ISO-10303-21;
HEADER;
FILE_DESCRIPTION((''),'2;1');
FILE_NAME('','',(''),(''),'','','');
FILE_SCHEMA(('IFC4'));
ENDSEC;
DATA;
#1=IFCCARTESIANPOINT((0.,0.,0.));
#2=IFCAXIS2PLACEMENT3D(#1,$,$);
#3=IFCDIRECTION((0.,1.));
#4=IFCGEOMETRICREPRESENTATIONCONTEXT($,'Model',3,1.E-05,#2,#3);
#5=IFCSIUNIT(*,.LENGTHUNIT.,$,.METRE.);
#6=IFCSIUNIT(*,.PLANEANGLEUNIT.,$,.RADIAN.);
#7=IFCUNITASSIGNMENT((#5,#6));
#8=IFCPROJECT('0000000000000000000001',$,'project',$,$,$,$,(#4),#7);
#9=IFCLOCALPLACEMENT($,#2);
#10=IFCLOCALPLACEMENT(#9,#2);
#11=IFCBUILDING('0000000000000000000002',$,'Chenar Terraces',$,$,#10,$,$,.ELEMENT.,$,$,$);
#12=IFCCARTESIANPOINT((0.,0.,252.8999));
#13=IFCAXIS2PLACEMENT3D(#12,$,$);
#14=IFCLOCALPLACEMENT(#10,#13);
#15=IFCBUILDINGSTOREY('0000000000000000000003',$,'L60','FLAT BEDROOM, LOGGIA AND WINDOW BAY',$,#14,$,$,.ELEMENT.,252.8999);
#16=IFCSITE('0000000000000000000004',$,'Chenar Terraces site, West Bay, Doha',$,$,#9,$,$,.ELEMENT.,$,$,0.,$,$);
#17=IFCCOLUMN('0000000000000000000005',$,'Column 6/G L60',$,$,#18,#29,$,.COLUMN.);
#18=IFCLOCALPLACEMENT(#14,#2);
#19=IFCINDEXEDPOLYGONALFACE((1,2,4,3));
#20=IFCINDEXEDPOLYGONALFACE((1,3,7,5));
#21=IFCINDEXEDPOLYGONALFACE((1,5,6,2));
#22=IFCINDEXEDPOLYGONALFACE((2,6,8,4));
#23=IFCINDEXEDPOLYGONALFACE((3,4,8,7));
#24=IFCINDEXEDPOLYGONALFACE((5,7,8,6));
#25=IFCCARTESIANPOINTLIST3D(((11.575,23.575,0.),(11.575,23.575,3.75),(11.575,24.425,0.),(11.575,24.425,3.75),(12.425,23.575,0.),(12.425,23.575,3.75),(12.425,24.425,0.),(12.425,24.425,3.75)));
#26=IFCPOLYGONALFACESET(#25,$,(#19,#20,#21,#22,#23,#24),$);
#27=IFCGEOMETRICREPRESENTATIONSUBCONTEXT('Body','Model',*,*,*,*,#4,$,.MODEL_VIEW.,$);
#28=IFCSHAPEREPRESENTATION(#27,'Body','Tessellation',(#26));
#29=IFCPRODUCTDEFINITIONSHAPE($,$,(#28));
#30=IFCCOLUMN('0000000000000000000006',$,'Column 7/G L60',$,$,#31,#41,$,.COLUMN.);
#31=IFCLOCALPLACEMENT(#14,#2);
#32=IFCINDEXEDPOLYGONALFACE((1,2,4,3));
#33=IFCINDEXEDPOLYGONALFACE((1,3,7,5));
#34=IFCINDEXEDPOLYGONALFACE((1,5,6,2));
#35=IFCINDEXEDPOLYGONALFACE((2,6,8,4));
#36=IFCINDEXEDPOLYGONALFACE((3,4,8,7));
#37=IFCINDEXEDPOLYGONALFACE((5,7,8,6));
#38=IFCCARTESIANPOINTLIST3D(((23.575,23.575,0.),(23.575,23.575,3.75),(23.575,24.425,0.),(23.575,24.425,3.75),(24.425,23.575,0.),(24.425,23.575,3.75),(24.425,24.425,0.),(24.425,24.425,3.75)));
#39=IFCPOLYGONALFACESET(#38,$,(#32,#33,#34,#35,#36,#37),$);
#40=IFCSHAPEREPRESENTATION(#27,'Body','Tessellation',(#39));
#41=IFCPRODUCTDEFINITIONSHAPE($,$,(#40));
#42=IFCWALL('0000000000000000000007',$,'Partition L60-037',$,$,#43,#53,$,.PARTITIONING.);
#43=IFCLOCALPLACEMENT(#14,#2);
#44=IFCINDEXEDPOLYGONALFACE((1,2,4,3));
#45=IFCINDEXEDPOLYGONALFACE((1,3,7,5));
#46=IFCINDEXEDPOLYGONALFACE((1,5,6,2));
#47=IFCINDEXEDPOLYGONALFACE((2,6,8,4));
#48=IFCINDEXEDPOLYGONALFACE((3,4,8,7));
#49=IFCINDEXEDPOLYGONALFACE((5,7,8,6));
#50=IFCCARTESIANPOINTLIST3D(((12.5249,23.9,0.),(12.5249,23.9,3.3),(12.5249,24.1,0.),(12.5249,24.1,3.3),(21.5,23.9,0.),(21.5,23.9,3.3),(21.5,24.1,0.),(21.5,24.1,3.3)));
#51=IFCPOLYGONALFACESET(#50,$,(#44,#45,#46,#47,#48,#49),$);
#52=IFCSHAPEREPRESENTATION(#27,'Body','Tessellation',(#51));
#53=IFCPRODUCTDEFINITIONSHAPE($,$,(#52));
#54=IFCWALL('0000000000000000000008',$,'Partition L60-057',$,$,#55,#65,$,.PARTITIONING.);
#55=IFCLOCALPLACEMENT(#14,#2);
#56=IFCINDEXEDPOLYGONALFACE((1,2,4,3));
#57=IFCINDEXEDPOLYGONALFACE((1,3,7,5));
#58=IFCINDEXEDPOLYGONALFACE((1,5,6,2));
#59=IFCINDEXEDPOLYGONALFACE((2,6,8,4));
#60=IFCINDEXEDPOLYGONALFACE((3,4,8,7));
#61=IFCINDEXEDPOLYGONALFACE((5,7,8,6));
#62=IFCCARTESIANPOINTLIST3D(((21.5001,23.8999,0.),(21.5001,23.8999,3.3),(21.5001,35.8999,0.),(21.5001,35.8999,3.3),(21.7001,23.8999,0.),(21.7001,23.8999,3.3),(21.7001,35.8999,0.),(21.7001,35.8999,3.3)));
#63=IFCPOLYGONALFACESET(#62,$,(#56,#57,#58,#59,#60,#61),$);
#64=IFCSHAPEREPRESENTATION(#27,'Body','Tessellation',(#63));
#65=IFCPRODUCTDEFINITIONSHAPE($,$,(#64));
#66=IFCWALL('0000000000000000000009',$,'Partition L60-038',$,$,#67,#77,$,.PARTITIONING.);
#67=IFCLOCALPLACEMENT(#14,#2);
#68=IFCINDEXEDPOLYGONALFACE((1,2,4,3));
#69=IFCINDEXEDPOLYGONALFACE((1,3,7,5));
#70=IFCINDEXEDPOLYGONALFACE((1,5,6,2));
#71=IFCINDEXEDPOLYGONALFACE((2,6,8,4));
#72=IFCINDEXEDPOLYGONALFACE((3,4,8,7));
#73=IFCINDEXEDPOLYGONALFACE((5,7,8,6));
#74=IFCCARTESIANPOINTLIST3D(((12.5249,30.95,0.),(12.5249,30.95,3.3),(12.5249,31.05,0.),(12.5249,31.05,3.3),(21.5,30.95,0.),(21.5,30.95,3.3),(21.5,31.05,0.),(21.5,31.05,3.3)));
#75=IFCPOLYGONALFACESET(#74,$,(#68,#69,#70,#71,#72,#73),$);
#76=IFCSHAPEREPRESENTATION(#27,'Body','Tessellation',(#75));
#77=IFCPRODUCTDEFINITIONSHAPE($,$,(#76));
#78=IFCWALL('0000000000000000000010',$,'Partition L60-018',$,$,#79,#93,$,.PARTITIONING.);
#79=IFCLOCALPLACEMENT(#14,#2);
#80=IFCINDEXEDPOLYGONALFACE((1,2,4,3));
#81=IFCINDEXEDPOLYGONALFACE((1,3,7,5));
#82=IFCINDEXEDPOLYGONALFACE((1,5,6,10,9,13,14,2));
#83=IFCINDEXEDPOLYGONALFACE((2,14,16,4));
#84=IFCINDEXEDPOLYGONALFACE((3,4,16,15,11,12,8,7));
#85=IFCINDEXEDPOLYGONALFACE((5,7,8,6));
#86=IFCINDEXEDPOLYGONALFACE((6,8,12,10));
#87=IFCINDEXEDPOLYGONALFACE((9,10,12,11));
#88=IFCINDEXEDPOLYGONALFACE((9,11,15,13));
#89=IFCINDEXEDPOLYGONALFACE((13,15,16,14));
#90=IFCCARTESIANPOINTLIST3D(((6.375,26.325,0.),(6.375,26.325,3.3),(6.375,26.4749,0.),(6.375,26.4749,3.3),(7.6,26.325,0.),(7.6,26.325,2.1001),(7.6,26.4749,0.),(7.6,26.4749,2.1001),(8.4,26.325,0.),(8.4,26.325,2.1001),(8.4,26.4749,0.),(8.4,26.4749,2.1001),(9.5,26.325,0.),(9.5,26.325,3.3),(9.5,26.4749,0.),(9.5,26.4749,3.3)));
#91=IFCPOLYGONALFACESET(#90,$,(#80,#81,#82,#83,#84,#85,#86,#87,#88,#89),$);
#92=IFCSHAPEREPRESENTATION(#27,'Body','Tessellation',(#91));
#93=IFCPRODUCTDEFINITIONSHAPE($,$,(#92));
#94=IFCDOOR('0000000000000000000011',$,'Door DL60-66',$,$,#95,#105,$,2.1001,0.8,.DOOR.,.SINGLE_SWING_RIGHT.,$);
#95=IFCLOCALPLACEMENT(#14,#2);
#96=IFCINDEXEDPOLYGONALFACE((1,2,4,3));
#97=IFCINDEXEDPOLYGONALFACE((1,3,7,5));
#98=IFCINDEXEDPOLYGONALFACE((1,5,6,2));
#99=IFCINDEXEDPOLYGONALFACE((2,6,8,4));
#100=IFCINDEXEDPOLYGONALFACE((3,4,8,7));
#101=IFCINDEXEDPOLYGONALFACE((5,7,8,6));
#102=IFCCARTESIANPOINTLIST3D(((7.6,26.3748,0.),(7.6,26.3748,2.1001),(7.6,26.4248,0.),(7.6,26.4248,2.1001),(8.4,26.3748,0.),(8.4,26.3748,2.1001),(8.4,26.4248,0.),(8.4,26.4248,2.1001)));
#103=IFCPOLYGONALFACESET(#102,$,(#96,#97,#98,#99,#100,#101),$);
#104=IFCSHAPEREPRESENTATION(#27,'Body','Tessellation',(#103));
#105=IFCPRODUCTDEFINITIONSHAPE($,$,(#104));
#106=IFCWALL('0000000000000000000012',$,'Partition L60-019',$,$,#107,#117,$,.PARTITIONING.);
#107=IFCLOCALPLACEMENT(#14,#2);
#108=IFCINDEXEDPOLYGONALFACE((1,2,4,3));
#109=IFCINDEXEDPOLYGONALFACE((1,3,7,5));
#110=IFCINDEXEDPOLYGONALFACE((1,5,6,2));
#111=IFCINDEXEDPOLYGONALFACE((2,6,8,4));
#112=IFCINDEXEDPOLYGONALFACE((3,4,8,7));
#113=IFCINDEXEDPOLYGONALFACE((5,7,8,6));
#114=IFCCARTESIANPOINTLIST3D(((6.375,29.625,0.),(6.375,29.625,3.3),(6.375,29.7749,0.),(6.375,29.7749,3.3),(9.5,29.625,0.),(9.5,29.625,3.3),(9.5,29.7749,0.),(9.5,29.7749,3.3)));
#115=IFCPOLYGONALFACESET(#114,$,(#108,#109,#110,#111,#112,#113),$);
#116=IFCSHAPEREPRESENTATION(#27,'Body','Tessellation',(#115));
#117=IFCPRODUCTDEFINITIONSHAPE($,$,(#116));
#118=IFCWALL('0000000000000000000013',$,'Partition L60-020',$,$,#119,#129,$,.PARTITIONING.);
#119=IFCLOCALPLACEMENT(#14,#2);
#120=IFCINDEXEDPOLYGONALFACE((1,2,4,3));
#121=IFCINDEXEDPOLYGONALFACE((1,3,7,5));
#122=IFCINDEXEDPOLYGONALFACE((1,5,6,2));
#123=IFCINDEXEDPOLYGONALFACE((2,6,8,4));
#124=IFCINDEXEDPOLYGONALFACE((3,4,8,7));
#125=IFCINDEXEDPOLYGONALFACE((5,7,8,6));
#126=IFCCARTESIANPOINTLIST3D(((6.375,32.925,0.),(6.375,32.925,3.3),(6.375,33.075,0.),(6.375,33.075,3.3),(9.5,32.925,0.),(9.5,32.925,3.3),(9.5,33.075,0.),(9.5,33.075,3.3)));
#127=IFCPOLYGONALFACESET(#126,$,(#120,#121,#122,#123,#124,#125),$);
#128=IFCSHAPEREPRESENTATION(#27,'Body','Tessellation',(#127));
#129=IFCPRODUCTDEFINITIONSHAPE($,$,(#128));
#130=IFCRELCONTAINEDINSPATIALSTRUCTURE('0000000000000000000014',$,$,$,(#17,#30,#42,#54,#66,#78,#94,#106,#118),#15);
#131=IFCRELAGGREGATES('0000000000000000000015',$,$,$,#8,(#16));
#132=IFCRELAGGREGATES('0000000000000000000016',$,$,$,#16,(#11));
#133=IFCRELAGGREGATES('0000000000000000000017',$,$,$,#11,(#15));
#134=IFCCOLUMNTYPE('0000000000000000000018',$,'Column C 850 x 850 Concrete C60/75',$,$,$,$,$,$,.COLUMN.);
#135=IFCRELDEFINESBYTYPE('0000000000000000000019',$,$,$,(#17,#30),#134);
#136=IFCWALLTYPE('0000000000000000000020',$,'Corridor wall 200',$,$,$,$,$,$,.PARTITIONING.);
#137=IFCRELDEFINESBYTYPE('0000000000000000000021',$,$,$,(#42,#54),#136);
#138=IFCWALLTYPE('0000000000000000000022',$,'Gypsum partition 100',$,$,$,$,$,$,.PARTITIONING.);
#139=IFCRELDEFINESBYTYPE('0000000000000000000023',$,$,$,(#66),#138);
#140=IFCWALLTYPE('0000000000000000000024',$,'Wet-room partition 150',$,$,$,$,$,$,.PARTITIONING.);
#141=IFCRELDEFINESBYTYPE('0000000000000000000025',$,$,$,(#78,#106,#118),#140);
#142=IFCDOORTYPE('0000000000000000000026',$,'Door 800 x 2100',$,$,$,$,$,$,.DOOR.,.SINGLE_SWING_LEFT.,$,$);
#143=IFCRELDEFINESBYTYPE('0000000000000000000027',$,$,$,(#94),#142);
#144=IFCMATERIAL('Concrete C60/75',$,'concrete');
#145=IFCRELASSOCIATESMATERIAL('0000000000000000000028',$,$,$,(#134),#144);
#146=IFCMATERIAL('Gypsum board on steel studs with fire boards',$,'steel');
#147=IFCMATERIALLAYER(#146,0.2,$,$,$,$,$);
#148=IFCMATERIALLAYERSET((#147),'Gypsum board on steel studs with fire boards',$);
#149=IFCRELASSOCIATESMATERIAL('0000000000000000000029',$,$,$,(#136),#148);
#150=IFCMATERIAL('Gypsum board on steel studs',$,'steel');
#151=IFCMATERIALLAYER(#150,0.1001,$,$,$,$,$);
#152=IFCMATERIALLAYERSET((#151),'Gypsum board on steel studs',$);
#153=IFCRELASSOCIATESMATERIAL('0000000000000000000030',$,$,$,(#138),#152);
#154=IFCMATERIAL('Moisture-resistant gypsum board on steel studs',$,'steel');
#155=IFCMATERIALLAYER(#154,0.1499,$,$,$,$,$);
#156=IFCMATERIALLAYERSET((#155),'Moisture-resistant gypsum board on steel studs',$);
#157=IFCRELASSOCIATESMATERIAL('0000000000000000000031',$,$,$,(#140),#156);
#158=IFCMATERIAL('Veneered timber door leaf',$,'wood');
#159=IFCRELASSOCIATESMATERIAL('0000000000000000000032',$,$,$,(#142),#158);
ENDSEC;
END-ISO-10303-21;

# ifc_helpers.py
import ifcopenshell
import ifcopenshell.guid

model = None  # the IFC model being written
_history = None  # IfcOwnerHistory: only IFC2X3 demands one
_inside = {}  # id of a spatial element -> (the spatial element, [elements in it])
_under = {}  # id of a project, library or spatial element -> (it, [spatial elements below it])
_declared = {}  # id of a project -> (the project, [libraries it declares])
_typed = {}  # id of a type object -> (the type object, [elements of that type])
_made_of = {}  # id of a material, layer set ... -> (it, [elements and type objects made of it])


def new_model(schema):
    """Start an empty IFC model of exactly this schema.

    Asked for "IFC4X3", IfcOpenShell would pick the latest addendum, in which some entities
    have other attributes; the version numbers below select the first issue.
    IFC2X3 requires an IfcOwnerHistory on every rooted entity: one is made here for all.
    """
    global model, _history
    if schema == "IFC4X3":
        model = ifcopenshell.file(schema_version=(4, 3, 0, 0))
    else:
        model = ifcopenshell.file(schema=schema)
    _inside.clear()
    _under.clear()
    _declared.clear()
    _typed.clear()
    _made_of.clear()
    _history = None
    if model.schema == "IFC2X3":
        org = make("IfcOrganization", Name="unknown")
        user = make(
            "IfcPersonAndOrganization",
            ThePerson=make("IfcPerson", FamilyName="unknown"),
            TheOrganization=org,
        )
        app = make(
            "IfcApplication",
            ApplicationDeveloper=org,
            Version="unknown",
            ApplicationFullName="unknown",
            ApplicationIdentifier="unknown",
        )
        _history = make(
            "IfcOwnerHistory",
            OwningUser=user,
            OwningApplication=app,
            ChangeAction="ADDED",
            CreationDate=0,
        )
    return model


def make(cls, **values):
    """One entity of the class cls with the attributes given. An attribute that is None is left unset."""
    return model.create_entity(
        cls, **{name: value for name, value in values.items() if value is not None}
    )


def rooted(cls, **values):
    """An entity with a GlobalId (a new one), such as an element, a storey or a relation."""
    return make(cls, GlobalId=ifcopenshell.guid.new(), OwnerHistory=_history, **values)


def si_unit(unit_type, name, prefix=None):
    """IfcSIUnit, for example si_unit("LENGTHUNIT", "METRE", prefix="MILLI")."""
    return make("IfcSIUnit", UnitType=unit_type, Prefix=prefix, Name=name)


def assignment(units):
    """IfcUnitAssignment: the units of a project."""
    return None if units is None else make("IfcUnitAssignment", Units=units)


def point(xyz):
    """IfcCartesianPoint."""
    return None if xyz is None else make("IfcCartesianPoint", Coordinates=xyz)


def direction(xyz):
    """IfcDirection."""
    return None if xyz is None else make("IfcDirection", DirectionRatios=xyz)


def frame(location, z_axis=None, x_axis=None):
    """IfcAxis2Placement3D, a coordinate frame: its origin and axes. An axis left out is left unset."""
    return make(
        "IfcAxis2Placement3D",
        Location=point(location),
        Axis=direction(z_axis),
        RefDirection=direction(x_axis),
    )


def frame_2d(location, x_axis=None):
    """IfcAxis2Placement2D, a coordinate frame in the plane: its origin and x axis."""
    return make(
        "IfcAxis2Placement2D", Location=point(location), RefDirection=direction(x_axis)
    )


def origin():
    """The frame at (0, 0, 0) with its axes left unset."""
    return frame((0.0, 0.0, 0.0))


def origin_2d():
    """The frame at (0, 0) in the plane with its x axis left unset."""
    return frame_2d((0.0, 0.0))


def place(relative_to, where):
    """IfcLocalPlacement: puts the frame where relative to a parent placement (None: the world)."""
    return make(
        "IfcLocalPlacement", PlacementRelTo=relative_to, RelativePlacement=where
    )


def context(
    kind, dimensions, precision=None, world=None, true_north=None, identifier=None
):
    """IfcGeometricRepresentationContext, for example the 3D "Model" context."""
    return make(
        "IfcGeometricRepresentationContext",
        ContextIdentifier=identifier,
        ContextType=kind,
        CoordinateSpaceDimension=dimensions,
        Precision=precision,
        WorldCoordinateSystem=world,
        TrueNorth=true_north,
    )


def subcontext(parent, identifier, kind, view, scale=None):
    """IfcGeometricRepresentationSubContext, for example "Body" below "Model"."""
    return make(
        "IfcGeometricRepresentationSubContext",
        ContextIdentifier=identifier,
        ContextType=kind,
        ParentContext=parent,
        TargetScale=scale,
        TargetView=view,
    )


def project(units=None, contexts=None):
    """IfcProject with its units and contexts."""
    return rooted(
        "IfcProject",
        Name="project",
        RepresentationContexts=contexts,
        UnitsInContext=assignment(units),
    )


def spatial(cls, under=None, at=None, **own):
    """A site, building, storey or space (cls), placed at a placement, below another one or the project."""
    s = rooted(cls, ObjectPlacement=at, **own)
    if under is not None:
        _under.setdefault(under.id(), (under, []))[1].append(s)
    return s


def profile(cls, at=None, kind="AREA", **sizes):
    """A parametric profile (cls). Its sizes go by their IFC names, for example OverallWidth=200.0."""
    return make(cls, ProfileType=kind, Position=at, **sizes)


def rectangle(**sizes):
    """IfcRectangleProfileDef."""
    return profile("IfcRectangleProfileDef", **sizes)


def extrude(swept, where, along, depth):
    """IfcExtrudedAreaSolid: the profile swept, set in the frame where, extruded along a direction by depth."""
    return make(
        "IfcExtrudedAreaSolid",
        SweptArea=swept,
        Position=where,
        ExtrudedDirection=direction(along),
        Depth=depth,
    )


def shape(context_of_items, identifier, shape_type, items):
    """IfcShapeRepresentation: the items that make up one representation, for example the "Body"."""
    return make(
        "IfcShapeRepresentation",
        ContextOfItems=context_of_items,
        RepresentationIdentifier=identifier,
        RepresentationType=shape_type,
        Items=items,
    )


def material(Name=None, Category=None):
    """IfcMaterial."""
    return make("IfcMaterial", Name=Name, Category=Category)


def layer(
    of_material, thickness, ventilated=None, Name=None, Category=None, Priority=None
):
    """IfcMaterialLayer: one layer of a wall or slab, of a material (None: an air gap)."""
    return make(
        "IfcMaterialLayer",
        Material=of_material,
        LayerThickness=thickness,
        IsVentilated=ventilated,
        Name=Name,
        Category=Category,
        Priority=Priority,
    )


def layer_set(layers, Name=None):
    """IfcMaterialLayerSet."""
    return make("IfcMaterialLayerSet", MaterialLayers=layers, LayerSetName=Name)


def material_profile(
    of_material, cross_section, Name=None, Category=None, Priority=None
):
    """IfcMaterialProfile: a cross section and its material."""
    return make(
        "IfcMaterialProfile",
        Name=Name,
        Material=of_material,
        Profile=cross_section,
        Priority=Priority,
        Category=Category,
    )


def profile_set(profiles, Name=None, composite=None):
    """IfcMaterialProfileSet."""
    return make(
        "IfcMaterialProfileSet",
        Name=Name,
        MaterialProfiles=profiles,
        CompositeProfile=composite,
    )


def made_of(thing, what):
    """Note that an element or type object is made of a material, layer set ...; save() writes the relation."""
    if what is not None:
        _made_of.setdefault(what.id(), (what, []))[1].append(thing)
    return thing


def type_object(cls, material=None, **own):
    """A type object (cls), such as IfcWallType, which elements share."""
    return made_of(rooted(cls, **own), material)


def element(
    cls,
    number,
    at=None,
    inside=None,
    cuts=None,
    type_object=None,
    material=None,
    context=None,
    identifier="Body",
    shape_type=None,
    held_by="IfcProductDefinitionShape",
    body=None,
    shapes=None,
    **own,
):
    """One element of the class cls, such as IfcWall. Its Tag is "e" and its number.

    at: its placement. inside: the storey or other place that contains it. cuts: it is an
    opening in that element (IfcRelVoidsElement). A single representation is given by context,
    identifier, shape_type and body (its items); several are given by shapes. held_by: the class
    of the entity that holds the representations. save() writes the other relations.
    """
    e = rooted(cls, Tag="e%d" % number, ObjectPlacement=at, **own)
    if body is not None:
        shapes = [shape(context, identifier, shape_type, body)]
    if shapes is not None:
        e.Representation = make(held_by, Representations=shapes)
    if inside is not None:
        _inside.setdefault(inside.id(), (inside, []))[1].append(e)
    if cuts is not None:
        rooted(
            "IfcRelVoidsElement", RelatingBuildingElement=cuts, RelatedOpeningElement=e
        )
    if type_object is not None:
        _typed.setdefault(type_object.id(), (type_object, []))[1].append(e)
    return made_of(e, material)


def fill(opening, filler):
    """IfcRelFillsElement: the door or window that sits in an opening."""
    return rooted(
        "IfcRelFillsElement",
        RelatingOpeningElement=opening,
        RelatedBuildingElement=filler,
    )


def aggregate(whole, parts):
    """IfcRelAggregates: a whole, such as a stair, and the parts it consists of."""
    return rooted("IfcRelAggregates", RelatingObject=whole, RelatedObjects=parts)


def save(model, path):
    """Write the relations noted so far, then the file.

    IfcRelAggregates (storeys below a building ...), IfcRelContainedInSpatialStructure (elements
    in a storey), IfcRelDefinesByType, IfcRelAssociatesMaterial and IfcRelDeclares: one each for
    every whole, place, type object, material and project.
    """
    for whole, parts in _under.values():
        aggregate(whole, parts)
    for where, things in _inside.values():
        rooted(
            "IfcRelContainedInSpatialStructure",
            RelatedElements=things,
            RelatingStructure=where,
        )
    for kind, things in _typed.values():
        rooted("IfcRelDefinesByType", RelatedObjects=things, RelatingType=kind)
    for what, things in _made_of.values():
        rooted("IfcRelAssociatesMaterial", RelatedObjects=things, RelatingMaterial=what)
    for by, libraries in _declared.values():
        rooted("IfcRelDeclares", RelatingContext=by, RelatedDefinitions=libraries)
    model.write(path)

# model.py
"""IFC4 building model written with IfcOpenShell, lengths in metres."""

from ifc_helpers import new_model, si_unit, direction, frame, frame_2d, origin, origin_2d, place, context, subcontext, project, spatial, rectangle, extrude, material, layer, layer_set, material_profile, profile_set, type_object, element, fill, save


model = new_model("IFC4")

# Units and contexts
model_context = context("Model", 3, precision=1e-05, world=origin(), true_north=direction((0.0, 1.0)))
body_context = subcontext(model_context, "Body", "Model", "MODEL_VIEW")
ifc_project = project(units=[si_unit("LENGTHUNIT", "METRE"), si_unit("PLANEANGLEUNIT", "RADIAN")], contexts=[model_context])

# Site, building, storey
site_placement = place(None, origin())
site = spatial("IfcSite", under=ifc_project, at=site_placement, Name="Chenar Terraces site, West Bay, Doha", CompositionType="ELEMENT", RefElevation=0.0)
building_placement = place(site_placement, origin())
building = spatial("IfcBuilding", under=site, at=building_placement, Name="Chenar Terraces", CompositionType="ELEMENT")
storey_placement = place(building_placement, frame((0.0, 0.0, 252.8999)))
storey = spatial("IfcBuildingStorey", under=building, at=storey_placement, Name="L60", Description="FLAT BEDROOM, LOGGIA AND WINDOW BAY", CompositionType="ELEMENT", Elevation=252.8999)

# Columns
ifc_material_1 = material(Name="Concrete C60/75", Category="concrete")
ifc_material_profile = material_profile(ifc_material_1, rectangle(XDim=0.8501, YDim=0.8501, at=origin_2d()), Name="C 850 x 850")
ifc_profile_set = profile_set([ifc_material_profile], Name="Concrete C60/75")
column_type = type_object("IfcColumnType", Name="Column C 850 x 850 Concrete C60/75", PredefinedType="COLUMN", material=ifc_profile_set)
for number, where, z_axis, x_axis, name in (
    (1, (12.0, 24.0, 0.0), (0.0, 0.0, 1.0), (1.0, 0.0, 0.0), "Column 6/G L60"),
    (2, (24.0, 24.0, 0.0), (0.0, 0.0, 1.0), (1.0, 0.0, 0.0), "Column 7/G L60"),
):
    element("IfcColumn", number, at=place(storey_placement, frame(where, z_axis=z_axis, x_axis=x_axis)), inside=storey, type_object=column_type, Name=name, PredefinedType="COLUMN", context=body_context, shape_type="SweptSolid", body=[
        extrude(rectangle(XDim=0.8501, YDim=0.8501, at=origin_2d()), origin(), (0.0, 0.0, 1.0), 3.75),
    ])

# Walls
ifc_material_2 = material(Name="Gypsum board on steel studs with fire boards", Category="steel")
ifc_layer_1 = layer(ifc_material_2, 0.2)
ifc_layer_set_1 = layer_set([ifc_layer_1], Name="Gypsum board on steel studs with fire boards")
wall_type_1 = type_object("IfcWallType", Name="Corridor wall 200", PredefinedType="PARTITIONING", material=ifc_layer_set_1)
wall_1_placement = place(storey_placement, frame((12.5249, 24.0, 0.0), z_axis=(0.0, 0.0, 1.0), x_axis=(1.0, 0.0, 0.0)))
element("IfcWall", 3, at=wall_1_placement, inside=storey, type_object=wall_type_1, Name="Partition L60-037", PredefinedType="PARTITIONING", context=body_context, shape_type="SweptSolid", body=[
    extrude(rectangle(XDim=8.9751, YDim=0.2, at=frame_2d((4.4875, 0.0))), origin(), (0.0, 0.0, 1.0), 3.3),
])
wall_2_placement = place(storey_placement, frame((21.6001, 23.8999, 0.0), z_axis=(0.0, 0.0, 1.0), x_axis=(0.0, 1.0, 0.0)))
element("IfcWall", 4, at=wall_2_placement, inside=storey, type_object=wall_type_1, Name="Partition L60-057", PredefinedType="PARTITIONING", context=body_context, shape_type="SweptSolid", body=[
    extrude(rectangle(XDim=12.0, YDim=0.2, at=frame_2d((6.0, 0.0))), origin(), (0.0, 0.0, 1.0), 3.3),
])
ifc_material_3 = material(Name="Gypsum board on steel studs", Category="steel")
ifc_layer_2 = layer(ifc_material_3, 0.1001)
ifc_layer_set_2 = layer_set([ifc_layer_2], Name="Gypsum board on steel studs")
wall_type_2 = type_object("IfcWallType", Name="Gypsum partition 100", PredefinedType="PARTITIONING", material=ifc_layer_set_2)
wall_3_placement = place(storey_placement, frame((12.5249, 31.0, 0.0), z_axis=(0.0, 0.0, 1.0), x_axis=(1.0, 0.0, 0.0)))
element("IfcWall", 5, at=wall_3_placement, inside=storey, type_object=wall_type_2, Name="Partition L60-038", PredefinedType="PARTITIONING", context=body_context, shape_type="SweptSolid", body=[
    extrude(rectangle(XDim=8.9751, YDim=0.1001, at=frame_2d((4.4875, 0.0))), origin(), (0.0, 0.0, 1.0), 3.3),
])

# Wall, opening, door
ifc_material_4 = material(Name="Moisture-resistant gypsum board on steel studs", Category="steel")
ifc_layer_3 = layer(ifc_material_4, 0.1499)
ifc_layer_set_3 = layer_set([ifc_layer_3], Name="Moisture-resistant gypsum board on steel studs")
wall_type_3 = type_object("IfcWallType", Name="Wet-room partition 150", PredefinedType="PARTITIONING", material=ifc_layer_set_3)
wall_4_placement = place(storey_placement, frame((6.375, 26.3999, 0.0), z_axis=(0.0, 0.0, 1.0), x_axis=(1.0, 0.0, 0.0)))
wall_4 = element("IfcWall", 6, at=wall_4_placement, inside=storey, type_object=wall_type_3, Name="Partition L60-018", PredefinedType="PARTITIONING", context=body_context, shape_type="SweptSolid", body=[
    extrude(rectangle(XDim=3.125, YDim=0.1499, at=frame_2d((1.5625, 0.0))), origin(), (0.0, 0.0, 1.0), 3.3),
])
opening_placement = place(wall_4_placement, frame((1.2251, 0.0, 0.0)))
opening = element("IfcOpeningElement", 7, at=opening_placement, cuts=wall_4, PredefinedType="OPENING", context=body_context, shape_type="SweptSolid", body=[
    extrude(rectangle(XDim=0.8, YDim=2.1001, at=frame_2d((0.3999, 1.05))), frame((0.0, 0.085, 0.0), z_axis=(0.0, -1.0, 0.0), x_axis=(1.0, 0.0, 0.0)), (0.0, 0.0, 1.0), 0.1699),
])
ifc_material_5 = material(Name="Veneered timber door leaf", Category="wood")
door_type = type_object("IfcDoorType", Name="Door 800 x 2100", OperationType="SINGLE_SWING_LEFT", PredefinedType="DOOR", material=ifc_material_5)
door_placement = place(opening_placement, origin())
door = element("IfcDoor", 8, at=door_placement, inside=storey, type_object=door_type, Name="Door DL60-66", OperationType="SINGLE_SWING_RIGHT", OverallHeight=2.1001, OverallWidth=0.8, PredefinedType="DOOR", context=body_context, shape_type="SweptSolid", body=[
    extrude(rectangle(XDim=0.8, YDim=2.1001, at=frame_2d((0.3999, 1.05))), frame((0.0, 0.0249, 0.0), z_axis=(0.0, -1.0, 0.0), x_axis=(1.0, 0.0, 0.0)), (0.0, 0.0, 1.0), 0.05),
])
fill(opening, door)

# Walls
for number, where, z_axis, x_axis, name in (
    (9, (6.375, 29.7, 0.0), (0.0, 0.0, 1.0), (1.0, 0.0, 0.0), "Partition L60-019"),
    (10, (6.375, 33.0, 0.0), (0.0, 0.0, 1.0), (1.0, 0.0, 0.0), "Partition L60-020"),
):
    element("IfcWall", number, at=place(storey_placement, frame(where, z_axis=z_axis, x_axis=x_axis)), inside=storey, type_object=wall_type_3, Name=name, PredefinedType="PARTITIONING", context=body_context, shape_type="SweptSolid", body=[
        extrude(rectangle(XDim=3.125, YDim=0.1499, at=frame_2d((1.5625, 0.0))), origin(), (0.0, 0.0, 1.0), 3.3),
    ])

save(model, "model.ifc")
